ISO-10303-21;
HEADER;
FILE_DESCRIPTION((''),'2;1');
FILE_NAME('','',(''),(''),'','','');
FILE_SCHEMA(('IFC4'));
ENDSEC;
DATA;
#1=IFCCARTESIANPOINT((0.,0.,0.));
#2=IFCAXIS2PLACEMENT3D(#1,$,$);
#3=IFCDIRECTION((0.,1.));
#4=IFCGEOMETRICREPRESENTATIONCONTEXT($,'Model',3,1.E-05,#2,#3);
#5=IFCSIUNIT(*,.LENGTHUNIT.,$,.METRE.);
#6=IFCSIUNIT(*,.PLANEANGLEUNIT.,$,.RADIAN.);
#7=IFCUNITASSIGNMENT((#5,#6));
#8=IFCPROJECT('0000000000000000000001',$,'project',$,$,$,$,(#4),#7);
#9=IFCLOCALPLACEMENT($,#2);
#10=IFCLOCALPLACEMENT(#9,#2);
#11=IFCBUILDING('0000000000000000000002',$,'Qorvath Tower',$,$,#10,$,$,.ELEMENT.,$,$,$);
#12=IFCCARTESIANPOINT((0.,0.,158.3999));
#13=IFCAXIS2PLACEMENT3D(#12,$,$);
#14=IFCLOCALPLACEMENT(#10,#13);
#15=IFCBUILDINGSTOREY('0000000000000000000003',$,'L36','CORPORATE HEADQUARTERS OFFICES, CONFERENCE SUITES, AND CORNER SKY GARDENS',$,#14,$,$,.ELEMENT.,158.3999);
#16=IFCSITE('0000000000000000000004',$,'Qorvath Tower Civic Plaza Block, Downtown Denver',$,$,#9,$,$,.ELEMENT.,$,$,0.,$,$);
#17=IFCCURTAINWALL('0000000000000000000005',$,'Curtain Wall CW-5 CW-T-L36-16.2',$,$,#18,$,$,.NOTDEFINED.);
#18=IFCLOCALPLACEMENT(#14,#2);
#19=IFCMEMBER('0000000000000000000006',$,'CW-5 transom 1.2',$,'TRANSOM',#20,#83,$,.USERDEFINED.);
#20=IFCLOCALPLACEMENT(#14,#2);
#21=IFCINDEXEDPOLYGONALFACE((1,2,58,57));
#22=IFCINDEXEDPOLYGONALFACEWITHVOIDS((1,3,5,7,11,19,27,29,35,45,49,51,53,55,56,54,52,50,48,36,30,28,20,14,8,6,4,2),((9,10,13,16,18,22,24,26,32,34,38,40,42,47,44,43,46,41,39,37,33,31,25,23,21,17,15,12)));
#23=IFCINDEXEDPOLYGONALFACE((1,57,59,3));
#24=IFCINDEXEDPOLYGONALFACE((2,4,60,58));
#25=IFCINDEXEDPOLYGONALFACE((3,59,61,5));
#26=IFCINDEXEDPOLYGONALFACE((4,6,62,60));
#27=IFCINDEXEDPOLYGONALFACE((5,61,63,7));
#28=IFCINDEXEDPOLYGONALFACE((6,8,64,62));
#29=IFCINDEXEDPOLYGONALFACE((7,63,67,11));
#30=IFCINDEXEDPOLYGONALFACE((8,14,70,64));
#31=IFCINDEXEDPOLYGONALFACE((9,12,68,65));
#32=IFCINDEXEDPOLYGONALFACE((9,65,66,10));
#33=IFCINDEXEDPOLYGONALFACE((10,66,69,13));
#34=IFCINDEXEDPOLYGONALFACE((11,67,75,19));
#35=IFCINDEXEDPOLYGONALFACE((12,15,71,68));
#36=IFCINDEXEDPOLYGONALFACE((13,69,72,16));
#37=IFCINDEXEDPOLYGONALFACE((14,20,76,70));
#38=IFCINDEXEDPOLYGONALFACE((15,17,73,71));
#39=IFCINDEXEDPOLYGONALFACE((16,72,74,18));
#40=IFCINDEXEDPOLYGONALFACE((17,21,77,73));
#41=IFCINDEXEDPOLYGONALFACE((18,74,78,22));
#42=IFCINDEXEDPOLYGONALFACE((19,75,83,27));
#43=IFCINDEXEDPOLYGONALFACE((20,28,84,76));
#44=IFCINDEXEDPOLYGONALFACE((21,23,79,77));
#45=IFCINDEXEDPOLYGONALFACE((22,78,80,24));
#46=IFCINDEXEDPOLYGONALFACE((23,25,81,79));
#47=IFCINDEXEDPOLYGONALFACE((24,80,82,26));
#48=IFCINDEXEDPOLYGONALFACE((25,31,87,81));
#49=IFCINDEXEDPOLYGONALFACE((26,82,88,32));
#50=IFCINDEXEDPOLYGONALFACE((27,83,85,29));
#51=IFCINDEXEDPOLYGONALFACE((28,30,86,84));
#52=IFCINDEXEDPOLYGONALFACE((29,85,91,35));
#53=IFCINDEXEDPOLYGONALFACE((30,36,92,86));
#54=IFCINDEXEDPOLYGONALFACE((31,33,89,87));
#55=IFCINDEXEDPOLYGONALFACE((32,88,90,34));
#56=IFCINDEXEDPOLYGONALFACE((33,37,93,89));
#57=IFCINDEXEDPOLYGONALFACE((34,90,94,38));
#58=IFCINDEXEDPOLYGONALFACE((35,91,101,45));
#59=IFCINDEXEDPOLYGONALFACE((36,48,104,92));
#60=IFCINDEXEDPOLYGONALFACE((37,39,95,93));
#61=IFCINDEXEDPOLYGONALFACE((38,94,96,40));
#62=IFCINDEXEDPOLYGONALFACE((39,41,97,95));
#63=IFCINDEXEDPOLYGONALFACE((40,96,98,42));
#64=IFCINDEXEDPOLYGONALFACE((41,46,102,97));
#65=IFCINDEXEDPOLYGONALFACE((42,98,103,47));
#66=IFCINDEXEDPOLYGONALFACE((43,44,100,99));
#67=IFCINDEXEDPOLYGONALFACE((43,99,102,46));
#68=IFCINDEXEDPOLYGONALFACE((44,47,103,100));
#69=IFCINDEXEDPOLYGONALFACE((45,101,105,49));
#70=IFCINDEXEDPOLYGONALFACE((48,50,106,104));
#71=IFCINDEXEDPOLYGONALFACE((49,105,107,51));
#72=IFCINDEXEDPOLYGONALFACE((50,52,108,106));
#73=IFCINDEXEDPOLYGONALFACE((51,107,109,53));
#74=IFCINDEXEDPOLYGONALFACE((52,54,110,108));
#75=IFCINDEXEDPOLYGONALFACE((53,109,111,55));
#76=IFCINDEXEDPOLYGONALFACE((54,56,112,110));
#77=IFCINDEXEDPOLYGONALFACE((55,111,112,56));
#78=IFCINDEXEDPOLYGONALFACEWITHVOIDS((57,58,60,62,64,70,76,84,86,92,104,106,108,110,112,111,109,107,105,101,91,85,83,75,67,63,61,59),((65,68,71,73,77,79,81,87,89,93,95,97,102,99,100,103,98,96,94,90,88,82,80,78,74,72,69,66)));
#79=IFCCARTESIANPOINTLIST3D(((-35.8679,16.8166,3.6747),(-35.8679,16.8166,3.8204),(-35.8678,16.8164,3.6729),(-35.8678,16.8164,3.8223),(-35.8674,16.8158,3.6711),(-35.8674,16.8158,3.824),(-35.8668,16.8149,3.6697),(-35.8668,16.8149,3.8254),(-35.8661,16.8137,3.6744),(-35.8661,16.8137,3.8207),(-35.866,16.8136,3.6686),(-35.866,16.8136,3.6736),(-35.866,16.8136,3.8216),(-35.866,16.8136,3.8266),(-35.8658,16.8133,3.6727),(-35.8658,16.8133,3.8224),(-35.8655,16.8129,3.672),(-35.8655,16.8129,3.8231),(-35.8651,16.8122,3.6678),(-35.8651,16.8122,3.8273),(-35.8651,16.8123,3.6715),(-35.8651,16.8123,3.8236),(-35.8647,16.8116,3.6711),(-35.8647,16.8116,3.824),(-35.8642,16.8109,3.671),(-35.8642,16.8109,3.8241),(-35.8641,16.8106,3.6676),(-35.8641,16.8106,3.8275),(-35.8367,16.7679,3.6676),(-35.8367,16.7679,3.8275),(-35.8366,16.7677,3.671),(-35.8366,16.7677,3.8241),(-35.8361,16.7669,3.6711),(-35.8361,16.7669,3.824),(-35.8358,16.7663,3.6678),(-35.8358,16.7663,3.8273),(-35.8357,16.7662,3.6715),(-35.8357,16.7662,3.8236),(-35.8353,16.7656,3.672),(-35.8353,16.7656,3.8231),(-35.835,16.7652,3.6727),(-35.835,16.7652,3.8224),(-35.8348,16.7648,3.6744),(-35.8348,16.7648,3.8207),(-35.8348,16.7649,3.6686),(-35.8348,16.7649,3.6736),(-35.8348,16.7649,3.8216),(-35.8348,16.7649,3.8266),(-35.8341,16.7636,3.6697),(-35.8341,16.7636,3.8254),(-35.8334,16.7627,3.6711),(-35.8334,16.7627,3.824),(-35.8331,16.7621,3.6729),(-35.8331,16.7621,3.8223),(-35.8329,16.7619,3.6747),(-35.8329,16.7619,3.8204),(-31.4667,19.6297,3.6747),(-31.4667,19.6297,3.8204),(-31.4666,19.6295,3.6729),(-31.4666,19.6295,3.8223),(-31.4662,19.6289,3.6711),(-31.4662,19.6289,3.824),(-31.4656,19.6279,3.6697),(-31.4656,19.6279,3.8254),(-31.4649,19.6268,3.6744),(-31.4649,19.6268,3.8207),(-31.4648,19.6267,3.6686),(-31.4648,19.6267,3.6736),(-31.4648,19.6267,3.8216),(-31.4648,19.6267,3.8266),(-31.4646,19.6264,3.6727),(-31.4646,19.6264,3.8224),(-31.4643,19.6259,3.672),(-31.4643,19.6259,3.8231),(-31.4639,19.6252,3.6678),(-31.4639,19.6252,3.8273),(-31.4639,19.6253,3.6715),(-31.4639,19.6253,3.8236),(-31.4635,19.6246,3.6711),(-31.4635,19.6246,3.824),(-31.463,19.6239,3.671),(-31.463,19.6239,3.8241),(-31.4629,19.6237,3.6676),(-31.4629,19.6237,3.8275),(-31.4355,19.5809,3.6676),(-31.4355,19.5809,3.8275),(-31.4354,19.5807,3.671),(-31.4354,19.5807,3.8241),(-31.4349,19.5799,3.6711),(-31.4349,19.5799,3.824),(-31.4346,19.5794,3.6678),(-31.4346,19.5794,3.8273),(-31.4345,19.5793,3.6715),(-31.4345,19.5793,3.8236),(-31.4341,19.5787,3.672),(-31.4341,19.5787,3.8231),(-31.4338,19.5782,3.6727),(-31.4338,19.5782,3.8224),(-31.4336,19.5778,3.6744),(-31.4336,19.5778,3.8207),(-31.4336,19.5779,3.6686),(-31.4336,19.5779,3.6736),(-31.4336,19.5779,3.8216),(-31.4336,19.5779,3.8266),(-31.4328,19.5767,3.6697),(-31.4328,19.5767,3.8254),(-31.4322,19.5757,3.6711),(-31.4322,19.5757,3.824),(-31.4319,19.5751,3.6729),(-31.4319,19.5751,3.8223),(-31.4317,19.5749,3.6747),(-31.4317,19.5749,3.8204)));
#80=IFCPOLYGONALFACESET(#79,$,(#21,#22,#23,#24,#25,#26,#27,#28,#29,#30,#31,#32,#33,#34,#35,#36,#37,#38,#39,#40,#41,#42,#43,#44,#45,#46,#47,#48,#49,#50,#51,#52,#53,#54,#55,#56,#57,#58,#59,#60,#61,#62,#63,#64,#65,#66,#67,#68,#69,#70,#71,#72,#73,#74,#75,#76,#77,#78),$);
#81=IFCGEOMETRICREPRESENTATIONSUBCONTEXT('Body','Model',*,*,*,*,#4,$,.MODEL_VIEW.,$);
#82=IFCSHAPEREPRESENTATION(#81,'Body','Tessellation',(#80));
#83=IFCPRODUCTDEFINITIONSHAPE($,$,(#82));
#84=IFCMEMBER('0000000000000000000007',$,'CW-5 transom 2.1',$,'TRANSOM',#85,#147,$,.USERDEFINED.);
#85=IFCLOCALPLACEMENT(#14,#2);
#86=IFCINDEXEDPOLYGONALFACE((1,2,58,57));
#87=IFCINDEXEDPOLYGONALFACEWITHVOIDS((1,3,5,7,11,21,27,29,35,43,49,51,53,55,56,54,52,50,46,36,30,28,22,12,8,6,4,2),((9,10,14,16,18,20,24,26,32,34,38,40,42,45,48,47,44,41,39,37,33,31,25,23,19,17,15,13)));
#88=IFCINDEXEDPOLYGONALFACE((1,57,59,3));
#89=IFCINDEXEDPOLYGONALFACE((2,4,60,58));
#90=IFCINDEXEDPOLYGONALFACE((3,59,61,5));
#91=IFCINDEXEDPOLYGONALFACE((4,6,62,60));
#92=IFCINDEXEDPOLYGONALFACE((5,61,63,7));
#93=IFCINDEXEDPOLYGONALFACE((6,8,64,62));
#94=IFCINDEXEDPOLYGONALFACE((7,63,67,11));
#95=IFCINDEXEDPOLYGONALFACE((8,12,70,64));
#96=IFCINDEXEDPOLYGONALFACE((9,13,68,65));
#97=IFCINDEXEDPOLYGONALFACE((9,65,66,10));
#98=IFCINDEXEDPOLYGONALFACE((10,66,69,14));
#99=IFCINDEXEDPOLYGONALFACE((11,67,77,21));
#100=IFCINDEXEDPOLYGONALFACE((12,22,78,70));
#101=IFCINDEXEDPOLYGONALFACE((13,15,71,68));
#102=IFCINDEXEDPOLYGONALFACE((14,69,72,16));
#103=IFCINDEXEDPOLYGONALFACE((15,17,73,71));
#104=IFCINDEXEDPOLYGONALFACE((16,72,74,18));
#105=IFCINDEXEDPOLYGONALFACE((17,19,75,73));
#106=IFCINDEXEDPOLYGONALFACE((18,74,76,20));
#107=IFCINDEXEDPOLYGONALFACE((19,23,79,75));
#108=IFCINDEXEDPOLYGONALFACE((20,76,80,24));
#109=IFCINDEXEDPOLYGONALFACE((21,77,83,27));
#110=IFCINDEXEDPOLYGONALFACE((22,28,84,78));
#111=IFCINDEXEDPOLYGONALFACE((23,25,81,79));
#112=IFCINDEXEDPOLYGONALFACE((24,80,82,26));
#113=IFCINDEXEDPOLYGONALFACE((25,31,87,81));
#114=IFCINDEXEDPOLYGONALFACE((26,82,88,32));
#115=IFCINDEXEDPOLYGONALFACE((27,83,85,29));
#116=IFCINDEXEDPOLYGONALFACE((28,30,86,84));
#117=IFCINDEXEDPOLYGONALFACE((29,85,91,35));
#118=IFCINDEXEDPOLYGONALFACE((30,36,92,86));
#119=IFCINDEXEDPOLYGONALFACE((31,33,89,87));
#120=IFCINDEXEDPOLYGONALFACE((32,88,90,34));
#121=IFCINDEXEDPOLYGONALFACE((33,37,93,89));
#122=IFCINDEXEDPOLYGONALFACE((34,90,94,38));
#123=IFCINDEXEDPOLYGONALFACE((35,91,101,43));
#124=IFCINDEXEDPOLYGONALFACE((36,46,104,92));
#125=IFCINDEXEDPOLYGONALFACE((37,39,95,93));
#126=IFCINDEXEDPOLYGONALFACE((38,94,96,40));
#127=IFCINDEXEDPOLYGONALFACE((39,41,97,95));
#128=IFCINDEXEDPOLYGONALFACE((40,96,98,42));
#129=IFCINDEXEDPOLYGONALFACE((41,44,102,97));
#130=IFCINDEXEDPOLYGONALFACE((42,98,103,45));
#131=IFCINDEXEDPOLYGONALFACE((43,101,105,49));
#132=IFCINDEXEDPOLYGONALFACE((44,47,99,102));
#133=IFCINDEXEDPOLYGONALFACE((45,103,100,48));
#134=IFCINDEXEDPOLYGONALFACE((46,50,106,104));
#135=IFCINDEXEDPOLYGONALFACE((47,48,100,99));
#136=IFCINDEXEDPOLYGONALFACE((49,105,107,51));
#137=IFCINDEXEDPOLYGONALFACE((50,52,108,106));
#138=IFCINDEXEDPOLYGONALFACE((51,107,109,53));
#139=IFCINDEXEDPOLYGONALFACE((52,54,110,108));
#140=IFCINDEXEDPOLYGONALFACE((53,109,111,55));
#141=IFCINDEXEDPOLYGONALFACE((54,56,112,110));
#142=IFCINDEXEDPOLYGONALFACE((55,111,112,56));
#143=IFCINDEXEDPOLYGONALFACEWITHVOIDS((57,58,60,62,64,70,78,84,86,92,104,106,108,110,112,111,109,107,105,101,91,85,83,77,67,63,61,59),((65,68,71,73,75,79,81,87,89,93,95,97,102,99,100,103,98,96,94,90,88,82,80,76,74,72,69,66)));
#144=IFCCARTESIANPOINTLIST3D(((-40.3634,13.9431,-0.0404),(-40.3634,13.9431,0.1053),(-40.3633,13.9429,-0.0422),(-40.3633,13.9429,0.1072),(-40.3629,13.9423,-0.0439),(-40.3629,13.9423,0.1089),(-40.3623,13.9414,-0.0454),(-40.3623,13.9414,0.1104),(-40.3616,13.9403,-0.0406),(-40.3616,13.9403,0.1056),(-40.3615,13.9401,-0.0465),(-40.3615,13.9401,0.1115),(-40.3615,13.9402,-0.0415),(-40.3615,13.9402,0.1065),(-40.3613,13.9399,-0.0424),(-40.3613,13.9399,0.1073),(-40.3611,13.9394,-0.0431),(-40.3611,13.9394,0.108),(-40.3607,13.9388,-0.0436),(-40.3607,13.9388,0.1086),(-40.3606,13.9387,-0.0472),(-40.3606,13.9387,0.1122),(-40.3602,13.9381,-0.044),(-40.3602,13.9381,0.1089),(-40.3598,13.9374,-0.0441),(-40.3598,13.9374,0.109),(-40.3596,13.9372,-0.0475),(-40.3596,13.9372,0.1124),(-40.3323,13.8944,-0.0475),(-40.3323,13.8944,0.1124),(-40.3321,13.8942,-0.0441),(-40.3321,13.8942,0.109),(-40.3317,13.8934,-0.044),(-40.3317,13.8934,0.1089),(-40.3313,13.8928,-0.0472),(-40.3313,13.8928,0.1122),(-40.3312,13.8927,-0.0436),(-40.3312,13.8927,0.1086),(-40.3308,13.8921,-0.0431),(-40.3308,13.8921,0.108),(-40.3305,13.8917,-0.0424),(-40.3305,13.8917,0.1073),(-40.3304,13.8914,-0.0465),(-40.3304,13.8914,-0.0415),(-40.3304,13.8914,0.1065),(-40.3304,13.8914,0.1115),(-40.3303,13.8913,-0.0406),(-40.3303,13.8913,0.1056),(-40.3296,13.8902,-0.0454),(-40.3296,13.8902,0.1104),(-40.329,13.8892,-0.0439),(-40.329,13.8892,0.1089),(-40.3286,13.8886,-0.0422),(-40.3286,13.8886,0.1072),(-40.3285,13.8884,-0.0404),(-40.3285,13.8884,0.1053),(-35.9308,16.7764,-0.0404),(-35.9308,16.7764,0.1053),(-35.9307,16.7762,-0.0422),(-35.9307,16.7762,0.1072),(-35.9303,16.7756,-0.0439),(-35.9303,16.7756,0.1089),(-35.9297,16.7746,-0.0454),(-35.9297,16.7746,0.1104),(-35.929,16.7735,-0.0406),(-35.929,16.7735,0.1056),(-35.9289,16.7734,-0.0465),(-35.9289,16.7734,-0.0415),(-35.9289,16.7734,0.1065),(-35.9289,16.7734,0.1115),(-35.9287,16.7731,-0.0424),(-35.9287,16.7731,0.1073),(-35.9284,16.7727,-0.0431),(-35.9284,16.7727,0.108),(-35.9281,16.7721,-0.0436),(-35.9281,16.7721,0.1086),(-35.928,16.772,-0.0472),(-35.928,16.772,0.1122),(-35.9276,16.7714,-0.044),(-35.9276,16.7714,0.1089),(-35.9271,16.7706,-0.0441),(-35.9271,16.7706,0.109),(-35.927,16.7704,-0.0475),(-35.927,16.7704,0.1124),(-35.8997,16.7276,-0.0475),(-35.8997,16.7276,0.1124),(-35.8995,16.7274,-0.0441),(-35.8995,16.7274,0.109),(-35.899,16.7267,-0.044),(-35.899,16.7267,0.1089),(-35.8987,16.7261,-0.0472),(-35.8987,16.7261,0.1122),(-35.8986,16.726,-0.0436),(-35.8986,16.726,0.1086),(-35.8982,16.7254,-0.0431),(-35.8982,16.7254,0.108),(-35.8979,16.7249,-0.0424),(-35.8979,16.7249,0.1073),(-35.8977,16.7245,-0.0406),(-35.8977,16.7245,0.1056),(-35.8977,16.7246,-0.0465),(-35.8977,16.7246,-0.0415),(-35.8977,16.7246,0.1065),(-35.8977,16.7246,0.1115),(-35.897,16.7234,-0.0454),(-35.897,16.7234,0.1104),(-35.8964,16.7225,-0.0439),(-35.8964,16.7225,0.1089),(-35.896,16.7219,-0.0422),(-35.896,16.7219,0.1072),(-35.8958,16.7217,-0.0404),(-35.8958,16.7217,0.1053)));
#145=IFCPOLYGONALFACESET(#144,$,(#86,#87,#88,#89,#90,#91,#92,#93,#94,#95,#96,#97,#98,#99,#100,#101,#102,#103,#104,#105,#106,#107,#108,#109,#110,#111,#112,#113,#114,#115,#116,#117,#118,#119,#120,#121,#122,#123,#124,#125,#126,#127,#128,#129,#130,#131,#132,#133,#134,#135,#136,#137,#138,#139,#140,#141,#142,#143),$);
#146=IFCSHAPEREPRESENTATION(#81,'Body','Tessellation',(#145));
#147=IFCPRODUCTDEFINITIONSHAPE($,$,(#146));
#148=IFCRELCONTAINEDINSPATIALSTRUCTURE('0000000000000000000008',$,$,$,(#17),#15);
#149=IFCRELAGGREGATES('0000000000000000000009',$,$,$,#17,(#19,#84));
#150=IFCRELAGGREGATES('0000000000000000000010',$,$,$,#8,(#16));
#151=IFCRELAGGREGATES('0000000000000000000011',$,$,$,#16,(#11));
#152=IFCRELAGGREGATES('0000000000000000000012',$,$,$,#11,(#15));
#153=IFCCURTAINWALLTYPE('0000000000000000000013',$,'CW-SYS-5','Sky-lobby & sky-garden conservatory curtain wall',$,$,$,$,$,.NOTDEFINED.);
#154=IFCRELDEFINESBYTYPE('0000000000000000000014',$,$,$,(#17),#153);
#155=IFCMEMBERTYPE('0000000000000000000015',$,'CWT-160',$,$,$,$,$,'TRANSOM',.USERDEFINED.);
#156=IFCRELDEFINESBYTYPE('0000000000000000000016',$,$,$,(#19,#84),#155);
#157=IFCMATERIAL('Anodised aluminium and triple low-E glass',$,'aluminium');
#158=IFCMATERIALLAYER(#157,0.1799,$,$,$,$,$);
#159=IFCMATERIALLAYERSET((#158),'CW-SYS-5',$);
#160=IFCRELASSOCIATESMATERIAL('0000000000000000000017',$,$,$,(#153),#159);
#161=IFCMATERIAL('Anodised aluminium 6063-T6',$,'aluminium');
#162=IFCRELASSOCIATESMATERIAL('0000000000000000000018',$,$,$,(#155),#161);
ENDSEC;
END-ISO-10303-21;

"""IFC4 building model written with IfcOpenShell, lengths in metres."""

from ifc_helpers import new_model, si_unit, direction, frame, origin, origin_2d, place, context, subcontext, project, spatial, hollow_rectangle, extrude, material, layer, layer_set, material_profile, profile_set, type_object, element, aggregate, save


model = new_model("IFC4")

# Units and contexts
model_context = context("Model", 3, precision=1e-05, world=origin(), true_north=direction((0.0, 1.0)))
body_context = subcontext(model_context, "Body", "Model", "MODEL_VIEW")
ifc_project = project(units=[si_unit("LENGTHUNIT", "METRE"), si_unit("PLANEANGLEUNIT", "RADIAN")], contexts=[model_context])

# Site, building, storey
site_placement = place(None, origin())
site = spatial("IfcSite", under=ifc_project, at=site_placement, Name="Qorvath Tower Civic Plaza Block, Downtown Denver", CompositionType="ELEMENT", RefElevation=0.0)
building_placement = place(site_placement, origin())
building = spatial("IfcBuilding", under=site, at=building_placement, Name="Qorvath Tower", CompositionType="ELEMENT")
storey_placement = place(building_placement, frame((0.0, 0.0, 158.3999)))
storey = spatial("IfcBuildingStorey", under=building, at=storey_placement, Name="L36", Description="CORPORATE HEADQUARTERS OFFICES, CONFERENCE SUITES, AND CORNER SKY GARDENS", CompositionType="ELEMENT", Elevation=158.3999)

# Shared definitions
ifc_material_1 = material(Name="Anodised aluminium and triple low-E glass", Category="aluminium")
ifc_layer_1 = layer(ifc_material_1, 0.1799)
ifc_layer_set_1 = layer_set([ifc_layer_1], Name="CW-SYS-5")
curtain_wall_type = type_object("IfcCurtainWallType", Name="CW-SYS-5", Description="Sky-lobby & sky-garden conservatory curtain wall", PredefinedType="NOTDEFINED", material=ifc_layer_set_1)

# Curtain wall, members
curtain_wall_1_placement = place(storey_placement, origin())
curtain_wall_1 = element("IfcCurtainWall", 1, at=curtain_wall_1_placement, inside=storey, type_object=curtain_wall_type, Name="Curtain Wall CW-5 CW-T-L36-16.2", PredefinedType="NOTDEFINED")
ifc_material_2 = material(Name="Anodised aluminium 6063-T6", Category="aluminium")
ifc_material_profile_1 = material_profile(ifc_material_2, hollow_rectangle(XDim=0.0649, YDim=0.1599, WallThickness=0.0034, InnerFilletRadius=0.0034, OuterFilletRadius=0.0071, at=origin_2d()), Name="CWT 160x65")
ifc_profile_set_1 = profile_set([ifc_material_profile_1], Name="Anodised aluminium 6063-T6")
member_type_1 = type_object("IfcMemberType", Name="CWT-160", ElementType="TRANSOM", PredefinedType="USERDEFINED", material=ifc_profile_set_1)
member_1_placement = place(storey_placement, frame((-31.4492, 19.6023, 3.7476), z_axis=(-0.842596, -0.538547, 0.0), x_axis=(0.538547, -0.842596, 0.0)))
member_1 = element("IfcMember", 2, at=member_1_placement, type_object=member_type_1, Name="CW-5 transom 1.2", ObjectType="TRANSOM", PredefinedType="USERDEFINED", context=body_context, shape_type="SweptSolid", body=[
    extrude(hollow_rectangle(XDim=0.0649, YDim=0.1599, WallThickness=0.0034, InnerFilletRadius=0.0034, OuterFilletRadius=0.0071, at=origin_2d()), origin(), (0.0, 0.0, 1.0), 5.2234),
])
member_2_placement = place(storey_placement, frame((-35.9133, 16.749, 0.0325), z_axis=(-0.842584, -0.538565, 0.0), x_axis=(0.538565, -0.842584, 0.0)))
member_2 = element("IfcMember", 3, at=member_2_placement, type_object=member_type_1, Name="CW-5 transom 2.1", ObjectType="TRANSOM", PredefinedType="USERDEFINED", context=body_context, shape_type="SweptSolid", body=[
    extrude(hollow_rectangle(XDim=0.0649, YDim=0.1599, WallThickness=0.0034, InnerFilletRadius=0.0034, OuterFilletRadius=0.0071, at=origin_2d()), origin(), (0.0, 0.0, 1.0), 5.2607),
])
aggregate(curtain_wall_1, [member_1, member_2])

save(model, "model.ifc")
